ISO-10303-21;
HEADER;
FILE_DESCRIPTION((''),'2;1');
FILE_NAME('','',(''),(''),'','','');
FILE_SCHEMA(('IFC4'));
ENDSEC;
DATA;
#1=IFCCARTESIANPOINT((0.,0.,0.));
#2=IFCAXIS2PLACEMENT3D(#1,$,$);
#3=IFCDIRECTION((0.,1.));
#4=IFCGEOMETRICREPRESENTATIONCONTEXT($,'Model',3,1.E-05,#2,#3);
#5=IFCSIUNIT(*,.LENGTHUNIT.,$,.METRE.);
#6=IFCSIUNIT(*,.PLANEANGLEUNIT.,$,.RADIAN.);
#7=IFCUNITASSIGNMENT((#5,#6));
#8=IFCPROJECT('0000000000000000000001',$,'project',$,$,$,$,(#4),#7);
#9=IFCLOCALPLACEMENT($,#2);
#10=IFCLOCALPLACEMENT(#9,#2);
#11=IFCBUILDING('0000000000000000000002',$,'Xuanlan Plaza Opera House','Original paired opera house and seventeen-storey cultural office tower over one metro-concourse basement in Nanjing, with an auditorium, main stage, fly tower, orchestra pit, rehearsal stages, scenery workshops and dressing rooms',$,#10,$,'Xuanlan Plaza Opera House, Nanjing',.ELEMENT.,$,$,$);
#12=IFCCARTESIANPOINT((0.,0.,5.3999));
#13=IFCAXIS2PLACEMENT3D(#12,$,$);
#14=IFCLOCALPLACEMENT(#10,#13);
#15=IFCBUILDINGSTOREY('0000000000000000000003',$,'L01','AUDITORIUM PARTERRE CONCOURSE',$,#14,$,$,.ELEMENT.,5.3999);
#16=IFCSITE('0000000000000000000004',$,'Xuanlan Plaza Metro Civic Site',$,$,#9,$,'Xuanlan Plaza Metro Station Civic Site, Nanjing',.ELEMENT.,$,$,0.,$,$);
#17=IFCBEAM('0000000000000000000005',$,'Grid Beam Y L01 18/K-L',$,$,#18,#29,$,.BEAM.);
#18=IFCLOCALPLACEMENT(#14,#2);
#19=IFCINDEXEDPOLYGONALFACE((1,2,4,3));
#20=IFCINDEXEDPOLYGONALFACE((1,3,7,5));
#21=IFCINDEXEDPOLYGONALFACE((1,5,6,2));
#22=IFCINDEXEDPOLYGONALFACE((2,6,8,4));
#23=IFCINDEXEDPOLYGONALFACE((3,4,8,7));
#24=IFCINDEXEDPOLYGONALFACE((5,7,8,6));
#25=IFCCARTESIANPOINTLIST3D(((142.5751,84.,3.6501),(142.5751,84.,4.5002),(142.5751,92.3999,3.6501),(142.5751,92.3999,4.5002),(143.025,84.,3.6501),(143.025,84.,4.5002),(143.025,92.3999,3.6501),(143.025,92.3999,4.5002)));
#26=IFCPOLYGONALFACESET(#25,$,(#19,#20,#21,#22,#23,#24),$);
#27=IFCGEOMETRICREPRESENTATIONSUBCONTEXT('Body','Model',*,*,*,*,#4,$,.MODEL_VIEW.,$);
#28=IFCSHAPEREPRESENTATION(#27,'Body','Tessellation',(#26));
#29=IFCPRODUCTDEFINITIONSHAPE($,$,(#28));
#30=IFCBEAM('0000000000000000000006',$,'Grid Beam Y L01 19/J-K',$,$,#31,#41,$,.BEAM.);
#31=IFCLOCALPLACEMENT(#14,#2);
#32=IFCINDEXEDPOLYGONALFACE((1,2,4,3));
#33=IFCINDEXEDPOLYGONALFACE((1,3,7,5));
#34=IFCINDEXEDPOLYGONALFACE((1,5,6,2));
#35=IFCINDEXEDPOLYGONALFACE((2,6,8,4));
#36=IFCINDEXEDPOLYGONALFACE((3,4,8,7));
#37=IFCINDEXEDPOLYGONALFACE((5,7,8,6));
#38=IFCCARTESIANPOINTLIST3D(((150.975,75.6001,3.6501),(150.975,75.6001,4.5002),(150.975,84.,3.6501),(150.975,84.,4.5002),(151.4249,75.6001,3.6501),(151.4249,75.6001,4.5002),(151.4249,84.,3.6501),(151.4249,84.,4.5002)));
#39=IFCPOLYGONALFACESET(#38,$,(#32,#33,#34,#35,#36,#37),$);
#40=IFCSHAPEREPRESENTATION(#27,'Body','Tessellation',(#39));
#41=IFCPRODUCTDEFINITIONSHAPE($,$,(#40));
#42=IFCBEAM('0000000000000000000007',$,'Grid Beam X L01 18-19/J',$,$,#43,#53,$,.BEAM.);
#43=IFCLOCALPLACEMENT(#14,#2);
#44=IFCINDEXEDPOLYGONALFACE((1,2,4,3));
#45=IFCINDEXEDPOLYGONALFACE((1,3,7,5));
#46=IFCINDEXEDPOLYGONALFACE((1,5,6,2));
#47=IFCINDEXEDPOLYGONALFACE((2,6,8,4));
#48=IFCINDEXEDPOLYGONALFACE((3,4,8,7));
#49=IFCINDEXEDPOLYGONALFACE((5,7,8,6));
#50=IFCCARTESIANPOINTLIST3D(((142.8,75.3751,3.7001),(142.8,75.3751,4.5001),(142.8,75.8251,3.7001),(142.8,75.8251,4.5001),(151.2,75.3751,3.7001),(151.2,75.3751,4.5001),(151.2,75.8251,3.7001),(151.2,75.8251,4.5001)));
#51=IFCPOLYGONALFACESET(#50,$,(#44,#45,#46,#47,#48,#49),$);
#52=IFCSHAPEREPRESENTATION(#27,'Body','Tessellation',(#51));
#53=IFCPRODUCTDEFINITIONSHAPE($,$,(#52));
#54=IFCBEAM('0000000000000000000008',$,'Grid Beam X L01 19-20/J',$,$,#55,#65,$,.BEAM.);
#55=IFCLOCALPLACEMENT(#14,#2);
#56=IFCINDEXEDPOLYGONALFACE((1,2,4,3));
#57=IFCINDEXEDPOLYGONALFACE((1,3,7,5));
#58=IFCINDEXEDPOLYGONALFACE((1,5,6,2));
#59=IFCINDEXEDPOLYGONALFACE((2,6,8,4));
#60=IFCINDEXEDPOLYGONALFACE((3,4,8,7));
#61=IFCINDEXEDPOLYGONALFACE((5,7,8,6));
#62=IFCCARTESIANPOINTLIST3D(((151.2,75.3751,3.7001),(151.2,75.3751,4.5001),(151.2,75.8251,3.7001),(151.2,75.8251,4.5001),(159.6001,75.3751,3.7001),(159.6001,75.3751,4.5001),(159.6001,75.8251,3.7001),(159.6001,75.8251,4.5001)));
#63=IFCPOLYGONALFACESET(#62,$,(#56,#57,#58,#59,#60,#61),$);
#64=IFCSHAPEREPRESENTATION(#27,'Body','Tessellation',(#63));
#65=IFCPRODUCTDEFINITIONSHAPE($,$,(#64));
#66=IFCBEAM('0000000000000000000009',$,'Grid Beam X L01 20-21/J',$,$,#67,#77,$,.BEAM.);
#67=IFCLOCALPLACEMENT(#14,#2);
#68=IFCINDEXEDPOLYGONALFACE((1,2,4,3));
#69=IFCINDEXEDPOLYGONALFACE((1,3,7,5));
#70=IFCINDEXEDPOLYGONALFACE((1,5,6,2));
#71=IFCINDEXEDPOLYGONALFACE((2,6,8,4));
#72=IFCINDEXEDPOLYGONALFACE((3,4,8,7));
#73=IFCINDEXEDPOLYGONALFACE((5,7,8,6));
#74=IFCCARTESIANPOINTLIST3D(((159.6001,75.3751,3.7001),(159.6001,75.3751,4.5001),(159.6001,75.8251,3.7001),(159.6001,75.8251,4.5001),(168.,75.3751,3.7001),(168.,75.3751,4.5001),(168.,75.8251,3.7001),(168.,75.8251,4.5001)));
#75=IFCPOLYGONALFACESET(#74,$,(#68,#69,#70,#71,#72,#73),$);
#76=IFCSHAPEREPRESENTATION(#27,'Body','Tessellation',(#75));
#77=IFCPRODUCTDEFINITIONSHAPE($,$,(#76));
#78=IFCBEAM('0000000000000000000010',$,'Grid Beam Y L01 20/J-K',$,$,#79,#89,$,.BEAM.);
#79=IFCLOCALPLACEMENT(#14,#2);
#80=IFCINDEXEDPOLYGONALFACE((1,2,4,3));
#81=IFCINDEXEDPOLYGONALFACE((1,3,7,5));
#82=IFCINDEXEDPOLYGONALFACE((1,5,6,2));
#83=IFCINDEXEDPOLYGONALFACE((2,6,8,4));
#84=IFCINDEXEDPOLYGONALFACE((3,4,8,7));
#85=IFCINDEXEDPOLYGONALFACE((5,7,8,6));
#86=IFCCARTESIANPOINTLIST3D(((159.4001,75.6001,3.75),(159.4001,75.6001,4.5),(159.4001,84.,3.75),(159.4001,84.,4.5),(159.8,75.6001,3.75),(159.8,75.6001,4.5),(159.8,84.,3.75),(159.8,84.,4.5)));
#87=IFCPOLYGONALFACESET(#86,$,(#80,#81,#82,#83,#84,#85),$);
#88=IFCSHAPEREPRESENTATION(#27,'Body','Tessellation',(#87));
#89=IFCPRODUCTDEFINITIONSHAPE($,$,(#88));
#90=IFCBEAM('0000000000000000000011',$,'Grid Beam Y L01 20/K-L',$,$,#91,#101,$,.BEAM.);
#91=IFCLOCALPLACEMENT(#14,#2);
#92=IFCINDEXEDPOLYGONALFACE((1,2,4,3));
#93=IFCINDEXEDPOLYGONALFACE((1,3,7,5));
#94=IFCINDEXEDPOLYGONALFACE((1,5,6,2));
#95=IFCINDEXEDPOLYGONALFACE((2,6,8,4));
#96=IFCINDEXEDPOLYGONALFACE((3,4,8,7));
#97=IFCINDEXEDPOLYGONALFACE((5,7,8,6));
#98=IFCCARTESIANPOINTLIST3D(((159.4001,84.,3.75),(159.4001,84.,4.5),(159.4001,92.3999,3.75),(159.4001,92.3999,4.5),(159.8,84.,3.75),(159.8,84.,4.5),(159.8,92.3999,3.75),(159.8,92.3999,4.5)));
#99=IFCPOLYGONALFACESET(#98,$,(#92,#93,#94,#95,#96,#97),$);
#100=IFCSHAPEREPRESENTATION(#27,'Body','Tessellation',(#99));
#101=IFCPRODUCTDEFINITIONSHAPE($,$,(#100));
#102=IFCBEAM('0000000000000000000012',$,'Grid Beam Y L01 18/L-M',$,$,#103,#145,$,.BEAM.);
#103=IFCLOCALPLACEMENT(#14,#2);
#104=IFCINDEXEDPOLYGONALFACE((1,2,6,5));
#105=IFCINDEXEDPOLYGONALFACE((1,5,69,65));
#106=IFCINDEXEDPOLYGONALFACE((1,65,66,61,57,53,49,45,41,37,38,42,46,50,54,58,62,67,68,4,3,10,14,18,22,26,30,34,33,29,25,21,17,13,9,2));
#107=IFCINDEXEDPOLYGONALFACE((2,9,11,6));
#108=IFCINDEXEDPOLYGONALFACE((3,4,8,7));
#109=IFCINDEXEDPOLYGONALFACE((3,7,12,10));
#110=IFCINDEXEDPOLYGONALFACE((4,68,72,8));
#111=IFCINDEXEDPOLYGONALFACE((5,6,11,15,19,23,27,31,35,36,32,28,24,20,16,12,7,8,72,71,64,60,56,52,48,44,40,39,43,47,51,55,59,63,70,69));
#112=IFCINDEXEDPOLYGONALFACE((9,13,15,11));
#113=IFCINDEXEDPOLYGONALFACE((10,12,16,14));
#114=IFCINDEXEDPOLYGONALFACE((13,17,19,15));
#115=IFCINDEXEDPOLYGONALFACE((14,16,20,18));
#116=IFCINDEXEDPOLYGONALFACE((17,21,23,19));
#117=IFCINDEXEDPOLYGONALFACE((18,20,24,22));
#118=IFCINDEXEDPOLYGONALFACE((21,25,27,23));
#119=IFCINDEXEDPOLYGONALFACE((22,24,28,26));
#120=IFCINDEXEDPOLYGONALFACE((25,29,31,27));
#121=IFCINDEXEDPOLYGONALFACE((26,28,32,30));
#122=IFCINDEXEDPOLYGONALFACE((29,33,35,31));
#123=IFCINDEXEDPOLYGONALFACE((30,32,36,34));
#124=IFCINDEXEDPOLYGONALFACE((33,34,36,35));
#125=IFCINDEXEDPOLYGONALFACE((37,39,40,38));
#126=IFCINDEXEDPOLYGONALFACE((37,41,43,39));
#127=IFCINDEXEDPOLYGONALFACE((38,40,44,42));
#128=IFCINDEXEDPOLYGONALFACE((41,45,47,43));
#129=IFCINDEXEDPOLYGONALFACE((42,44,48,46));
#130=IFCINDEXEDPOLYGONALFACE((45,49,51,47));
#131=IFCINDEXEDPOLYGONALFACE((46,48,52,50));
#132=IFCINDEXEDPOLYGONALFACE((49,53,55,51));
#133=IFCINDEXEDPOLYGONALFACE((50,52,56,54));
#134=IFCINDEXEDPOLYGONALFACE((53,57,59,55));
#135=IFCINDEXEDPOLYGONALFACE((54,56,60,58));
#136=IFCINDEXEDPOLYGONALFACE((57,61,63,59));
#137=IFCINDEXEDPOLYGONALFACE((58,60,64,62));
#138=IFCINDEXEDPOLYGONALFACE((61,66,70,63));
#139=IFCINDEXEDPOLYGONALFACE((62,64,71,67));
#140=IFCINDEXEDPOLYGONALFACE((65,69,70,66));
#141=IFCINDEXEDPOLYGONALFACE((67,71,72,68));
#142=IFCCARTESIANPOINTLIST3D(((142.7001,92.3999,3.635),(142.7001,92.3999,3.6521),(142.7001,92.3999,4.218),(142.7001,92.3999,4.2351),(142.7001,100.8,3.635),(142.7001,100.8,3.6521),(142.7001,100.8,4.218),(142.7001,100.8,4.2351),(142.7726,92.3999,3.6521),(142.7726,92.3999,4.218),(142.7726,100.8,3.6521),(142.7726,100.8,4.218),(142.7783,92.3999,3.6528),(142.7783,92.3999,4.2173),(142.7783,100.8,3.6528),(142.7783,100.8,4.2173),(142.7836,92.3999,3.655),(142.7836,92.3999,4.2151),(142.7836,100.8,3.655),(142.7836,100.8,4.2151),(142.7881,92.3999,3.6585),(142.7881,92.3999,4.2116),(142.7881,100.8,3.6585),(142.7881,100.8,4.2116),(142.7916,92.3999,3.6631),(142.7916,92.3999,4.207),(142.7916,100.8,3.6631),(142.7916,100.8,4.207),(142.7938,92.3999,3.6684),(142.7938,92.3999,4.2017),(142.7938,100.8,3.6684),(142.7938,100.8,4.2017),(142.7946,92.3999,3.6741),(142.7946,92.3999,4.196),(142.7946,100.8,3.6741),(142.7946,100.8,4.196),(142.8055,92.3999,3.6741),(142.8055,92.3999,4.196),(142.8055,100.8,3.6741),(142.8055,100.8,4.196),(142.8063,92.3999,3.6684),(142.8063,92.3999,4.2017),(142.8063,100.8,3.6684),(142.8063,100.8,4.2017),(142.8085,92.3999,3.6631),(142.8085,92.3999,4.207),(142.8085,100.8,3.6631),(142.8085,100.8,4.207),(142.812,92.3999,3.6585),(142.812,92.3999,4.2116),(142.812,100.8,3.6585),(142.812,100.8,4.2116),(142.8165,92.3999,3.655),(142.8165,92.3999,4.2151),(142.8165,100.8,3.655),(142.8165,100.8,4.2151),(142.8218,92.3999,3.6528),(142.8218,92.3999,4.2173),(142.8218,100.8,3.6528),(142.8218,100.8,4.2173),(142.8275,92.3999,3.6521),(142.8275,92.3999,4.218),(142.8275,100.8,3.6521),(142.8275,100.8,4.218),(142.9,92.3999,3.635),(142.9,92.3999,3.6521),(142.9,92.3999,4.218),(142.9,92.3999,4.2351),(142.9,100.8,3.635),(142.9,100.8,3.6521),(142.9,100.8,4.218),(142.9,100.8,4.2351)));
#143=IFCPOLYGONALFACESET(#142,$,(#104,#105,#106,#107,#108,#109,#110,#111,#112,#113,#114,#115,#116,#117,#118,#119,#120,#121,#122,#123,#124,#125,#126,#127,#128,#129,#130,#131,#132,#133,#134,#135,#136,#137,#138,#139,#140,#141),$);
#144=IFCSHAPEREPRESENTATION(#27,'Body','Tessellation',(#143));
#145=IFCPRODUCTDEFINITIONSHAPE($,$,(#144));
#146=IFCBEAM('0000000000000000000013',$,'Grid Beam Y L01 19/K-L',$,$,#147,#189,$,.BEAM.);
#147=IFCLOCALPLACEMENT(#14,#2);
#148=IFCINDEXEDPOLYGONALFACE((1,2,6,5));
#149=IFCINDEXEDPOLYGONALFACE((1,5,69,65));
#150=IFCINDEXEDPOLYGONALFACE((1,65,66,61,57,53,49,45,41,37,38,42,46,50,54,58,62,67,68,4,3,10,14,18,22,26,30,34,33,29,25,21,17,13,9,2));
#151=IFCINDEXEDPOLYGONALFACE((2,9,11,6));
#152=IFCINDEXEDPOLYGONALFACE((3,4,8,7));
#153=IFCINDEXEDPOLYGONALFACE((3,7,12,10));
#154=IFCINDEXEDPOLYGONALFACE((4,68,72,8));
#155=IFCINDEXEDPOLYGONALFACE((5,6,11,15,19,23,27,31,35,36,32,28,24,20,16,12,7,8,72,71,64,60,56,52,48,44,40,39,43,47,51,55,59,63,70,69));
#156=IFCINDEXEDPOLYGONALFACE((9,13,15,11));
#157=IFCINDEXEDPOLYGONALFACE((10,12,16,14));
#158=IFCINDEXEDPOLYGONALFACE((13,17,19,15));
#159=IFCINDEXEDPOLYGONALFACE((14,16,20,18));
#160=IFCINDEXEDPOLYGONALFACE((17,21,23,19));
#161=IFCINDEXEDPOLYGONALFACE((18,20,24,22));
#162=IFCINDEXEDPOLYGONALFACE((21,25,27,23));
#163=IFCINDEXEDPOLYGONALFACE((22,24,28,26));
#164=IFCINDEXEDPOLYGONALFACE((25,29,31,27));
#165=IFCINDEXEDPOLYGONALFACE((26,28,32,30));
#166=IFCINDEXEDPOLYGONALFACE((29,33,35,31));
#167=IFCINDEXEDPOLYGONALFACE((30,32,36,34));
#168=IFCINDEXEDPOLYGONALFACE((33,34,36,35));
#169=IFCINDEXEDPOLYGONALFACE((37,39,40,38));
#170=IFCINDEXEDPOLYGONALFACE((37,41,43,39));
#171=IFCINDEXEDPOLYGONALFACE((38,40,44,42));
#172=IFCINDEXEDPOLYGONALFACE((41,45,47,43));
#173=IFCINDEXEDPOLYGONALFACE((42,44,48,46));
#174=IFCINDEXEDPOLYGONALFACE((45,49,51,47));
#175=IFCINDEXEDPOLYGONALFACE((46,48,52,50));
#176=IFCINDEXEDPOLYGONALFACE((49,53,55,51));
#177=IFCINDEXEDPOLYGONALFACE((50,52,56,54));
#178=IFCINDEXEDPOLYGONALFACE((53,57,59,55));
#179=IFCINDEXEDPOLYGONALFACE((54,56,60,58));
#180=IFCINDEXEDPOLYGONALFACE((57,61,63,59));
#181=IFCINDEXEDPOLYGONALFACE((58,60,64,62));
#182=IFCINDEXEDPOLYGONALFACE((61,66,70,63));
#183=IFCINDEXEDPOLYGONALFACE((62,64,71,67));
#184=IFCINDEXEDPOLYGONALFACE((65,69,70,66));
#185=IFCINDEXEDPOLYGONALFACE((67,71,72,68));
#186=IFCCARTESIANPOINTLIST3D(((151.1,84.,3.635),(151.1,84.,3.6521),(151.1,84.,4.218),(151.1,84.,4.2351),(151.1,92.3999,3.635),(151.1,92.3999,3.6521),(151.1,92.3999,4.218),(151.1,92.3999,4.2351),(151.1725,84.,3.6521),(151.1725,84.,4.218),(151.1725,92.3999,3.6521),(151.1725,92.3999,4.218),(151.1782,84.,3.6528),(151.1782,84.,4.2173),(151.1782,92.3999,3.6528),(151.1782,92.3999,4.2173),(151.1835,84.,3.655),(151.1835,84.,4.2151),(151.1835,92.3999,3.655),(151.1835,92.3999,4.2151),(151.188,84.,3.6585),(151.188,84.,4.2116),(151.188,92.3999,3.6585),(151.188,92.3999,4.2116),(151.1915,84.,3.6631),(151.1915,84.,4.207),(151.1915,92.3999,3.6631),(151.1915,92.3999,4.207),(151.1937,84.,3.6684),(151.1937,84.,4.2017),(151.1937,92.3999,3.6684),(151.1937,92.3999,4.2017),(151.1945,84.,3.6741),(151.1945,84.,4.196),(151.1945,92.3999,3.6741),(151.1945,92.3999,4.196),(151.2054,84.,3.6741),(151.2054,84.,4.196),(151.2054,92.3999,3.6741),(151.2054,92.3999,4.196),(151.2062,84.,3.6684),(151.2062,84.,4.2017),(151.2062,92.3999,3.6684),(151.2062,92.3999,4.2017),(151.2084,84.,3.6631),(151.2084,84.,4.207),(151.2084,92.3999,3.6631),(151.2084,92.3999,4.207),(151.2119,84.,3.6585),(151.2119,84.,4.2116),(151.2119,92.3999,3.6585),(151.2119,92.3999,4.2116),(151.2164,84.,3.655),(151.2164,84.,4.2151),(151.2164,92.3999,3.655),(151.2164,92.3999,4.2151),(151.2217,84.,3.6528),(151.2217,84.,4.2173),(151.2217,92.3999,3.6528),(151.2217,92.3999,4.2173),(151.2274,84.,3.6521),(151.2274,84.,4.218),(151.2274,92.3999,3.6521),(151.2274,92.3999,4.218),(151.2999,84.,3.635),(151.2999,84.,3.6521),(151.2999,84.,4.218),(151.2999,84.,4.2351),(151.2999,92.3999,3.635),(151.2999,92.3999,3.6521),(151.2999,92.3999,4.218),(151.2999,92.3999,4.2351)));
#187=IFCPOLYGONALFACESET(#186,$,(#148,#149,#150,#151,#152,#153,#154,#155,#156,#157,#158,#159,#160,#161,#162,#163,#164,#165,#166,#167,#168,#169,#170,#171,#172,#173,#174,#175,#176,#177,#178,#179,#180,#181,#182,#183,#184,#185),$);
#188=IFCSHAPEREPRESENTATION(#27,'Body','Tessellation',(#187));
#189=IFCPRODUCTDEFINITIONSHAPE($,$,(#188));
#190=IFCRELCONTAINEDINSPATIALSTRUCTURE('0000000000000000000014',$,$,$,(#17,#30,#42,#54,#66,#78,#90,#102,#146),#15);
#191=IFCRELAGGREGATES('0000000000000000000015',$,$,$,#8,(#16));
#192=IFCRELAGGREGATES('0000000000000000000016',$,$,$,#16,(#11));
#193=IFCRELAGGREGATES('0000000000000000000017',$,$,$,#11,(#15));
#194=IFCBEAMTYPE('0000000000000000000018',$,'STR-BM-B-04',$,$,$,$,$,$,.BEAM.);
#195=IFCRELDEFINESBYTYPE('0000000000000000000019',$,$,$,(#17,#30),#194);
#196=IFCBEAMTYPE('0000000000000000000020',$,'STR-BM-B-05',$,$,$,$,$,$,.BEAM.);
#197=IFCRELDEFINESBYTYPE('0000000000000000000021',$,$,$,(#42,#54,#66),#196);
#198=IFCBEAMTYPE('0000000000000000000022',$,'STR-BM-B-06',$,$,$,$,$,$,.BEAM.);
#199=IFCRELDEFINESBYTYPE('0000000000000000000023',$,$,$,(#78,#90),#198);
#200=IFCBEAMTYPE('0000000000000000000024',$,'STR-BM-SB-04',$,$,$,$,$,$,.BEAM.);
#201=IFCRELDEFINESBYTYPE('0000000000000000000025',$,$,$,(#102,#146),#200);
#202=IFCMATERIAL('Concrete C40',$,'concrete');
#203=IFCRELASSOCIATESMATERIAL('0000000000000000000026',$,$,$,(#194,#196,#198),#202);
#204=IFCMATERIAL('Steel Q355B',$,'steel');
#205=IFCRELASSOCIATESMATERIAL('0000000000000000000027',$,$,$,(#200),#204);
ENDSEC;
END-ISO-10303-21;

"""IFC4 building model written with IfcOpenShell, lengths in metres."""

from ifc_helpers import new_model, si_unit, direction, frame, origin, origin_2d, place, context, subcontext, project, spatial, rectangle, i_section, extrude, material, material_profile, profile_set, type_object, element, save


model = new_model("IFC4")

# Units and contexts
model_context = context("Model", 3, precision=1e-05, world=origin(), true_north=direction((0.0, 1.0)))
body_context = subcontext(model_context, "Body", "Model", "MODEL_VIEW")
ifc_project = project(units=[si_unit("LENGTHUNIT", "METRE"), si_unit("PLANEANGLEUNIT", "RADIAN")], contexts=[model_context])

# Site, building, storey
site_placement = place(None, origin())
site = spatial("IfcSite", under=ifc_project, at=site_placement, Name="Xuanlan Plaza Metro Civic Site", LongName="Xuanlan Plaza Metro Station Civic Site, Nanjing", CompositionType="ELEMENT", RefElevation=0.0)
building_placement = place(site_placement, origin())
building = spatial("IfcBuilding", under=site, at=building_placement, Name="Xuanlan Plaza Opera House", Description="Original paired opera house and seventeen-storey cultural office tower over one metro-concourse basement in Nanjing, with an auditorium, main stage, fly tower, orchestra pit, rehearsal stages, scenery workshops and dressing rooms", LongName="Xuanlan Plaza Opera House, Nanjing", CompositionType="ELEMENT")
storey_placement = place(building_placement, frame((0.0, 0.0, 5.3999)))
storey = spatial("IfcBuildingStorey", under=building, at=storey_placement, Name="L01", Description="AUDITORIUM PARTERRE CONCOURSE", CompositionType="ELEMENT", Elevation=5.3999)

# Shared definitions
ifc_material_1 = material(Name="Concrete C40", Category="concrete")

# Beams
ifc_material_profile_1 = material_profile(ifc_material_1, rectangle(XDim=0.45, YDim=0.8501, at=origin_2d()), Name="RC-BM 450x850")
ifc_profile_set_1 = profile_set([ifc_material_profile_1], Name="Concrete C40")
beam_type_1 = type_object("IfcBeamType", Name="STR-BM-B-04", PredefinedType="BEAM", material=ifc_profile_set_1)
for number, where, z_axis, x_axis, name in (
    (1, (142.8, 84.0, 4.0752), (0.0, 1.0, 0.0), (-1.0, 0.0, 0.0), "Grid Beam Y L01 18/K-L"),
    (2, (151.2, 75.6001, 4.0752), (0.0, 1.0, 0.0), (-1.0, 0.0, 0.0), "Grid Beam Y L01 19/J-K"),
):
    element("IfcBeam", number, at=place(storey_placement, frame(where, z_axis=z_axis, x_axis=x_axis)), inside=storey, type_object=beam_type_1, Name=name, PredefinedType="BEAM", context=body_context, shape_type="SweptSolid", body=[
        extrude(rectangle(XDim=0.45, YDim=0.8501, at=origin_2d()), origin(), (0.0, 0.0, 1.0), 8.3999),
    ])
ifc_material_profile_2 = material_profile(ifc_material_1, rectangle(XDim=0.45, YDim=0.8, at=origin_2d()), Name="RC-BM 450x800")
ifc_profile_set_2 = profile_set([ifc_material_profile_2], Name="Concrete C40")
beam_type_2 = type_object("IfcBeamType", Name="STR-BM-B-05", PredefinedType="BEAM", material=ifc_profile_set_2)
beam_1_placement = place(storey_placement, frame((142.8, 75.6001, 4.1001), z_axis=(1.0, 0.0, 0.0), x_axis=(0.0, 1.0, 0.0)))
element("IfcBeam", 3, at=beam_1_placement, inside=storey, type_object=beam_type_2, Name="Grid Beam X L01 18-19/J", PredefinedType="BEAM", context=body_context, shape_type="SweptSolid", body=[
    extrude(rectangle(XDim=0.45, YDim=0.8, at=origin_2d()), origin(), (0.0, 0.0, 1.0), 8.3999),
])
beam_2_placement = place(storey_placement, frame((151.2, 75.6001, 4.1001), z_axis=(1.0, 0.0, 0.0), x_axis=(0.0, 1.0, 0.0)))
element("IfcBeam", 4, at=beam_2_placement, inside=storey, type_object=beam_type_2, Name="Grid Beam X L01 19-20/J", PredefinedType="BEAM", context=body_context, shape_type="SweptSolid", body=[
    extrude(rectangle(XDim=0.45, YDim=0.8, at=origin_2d()), origin(), (0.0, 0.0, 1.0), 8.4001),
])
beam_3_placement = place(storey_placement, frame((159.6001, 75.6001, 4.1001), z_axis=(1.0, 0.0, 0.0), x_axis=(0.0, 1.0, 0.0)))
element("IfcBeam", 5, at=beam_3_placement, inside=storey, type_object=beam_type_2, Name="Grid Beam X L01 20-21/J", PredefinedType="BEAM", context=body_context, shape_type="SweptSolid", body=[
    extrude(rectangle(XDim=0.45, YDim=0.8, at=origin_2d()), origin(), (0.0, 0.0, 1.0), 8.3999),
])
ifc_material_profile_3 = material_profile(ifc_material_1, rectangle(XDim=0.3999, YDim=0.75, at=origin_2d()), Name="RC-BM 400x750")
ifc_profile_set_3 = profile_set([ifc_material_profile_3], Name="Concrete C40")
beam_type_3 = type_object("IfcBeamType", Name="STR-BM-B-06", PredefinedType="BEAM", material=ifc_profile_set_3)
for number, where, z_axis, x_axis, name in (
    (6, (159.6001, 75.6001, 4.125), (0.0, 1.0, 0.0), (-1.0, 0.0, 0.0), "Grid Beam Y L01 20/J-K"),
    (7, (159.6001, 84.0, 4.125), (0.0, 1.0, 0.0), (-1.0, 0.0, 0.0), "Grid Beam Y L01 20/K-L"),
):
    element("IfcBeam", number, at=place(storey_placement, frame(where, z_axis=z_axis, x_axis=x_axis)), inside=storey, type_object=beam_type_3, Name=name, PredefinedType="BEAM", context=body_context, shape_type="SweptSolid", body=[
        extrude(rectangle(XDim=0.3999, YDim=0.75, at=origin_2d()), origin(), (0.0, 0.0, 1.0), 8.3999),
    ])
ifc_material_2 = material(Name="Steel Q355B", Category="steel")
ifc_material_profile_4 = material_profile(ifc_material_2, i_section(OverallWidth=0.2, OverallDepth=0.6001, WebThickness=0.011, FlangeThickness=0.0171, FilletRadius=0.022, at=origin_2d()), Name="HN 600x200x11x17")
ifc_profile_set_4 = profile_set([ifc_material_profile_4], Name="Steel Q355B")
beam_type_4 = type_object("IfcBeamType", Name="STR-BM-SB-04", PredefinedType="BEAM", material=ifc_profile_set_4)
beam_4_placement = place(storey_placement, frame((142.8, 92.3999, 3.9351), z_axis=(0.0, 1.0, 0.0), x_axis=(-1.0, 0.0, 0.0)))
element("IfcBeam", 8, at=beam_4_placement, inside=storey, type_object=beam_type_4, Name="Grid Beam Y L01 18/L-M", PredefinedType="BEAM", context=body_context, shape_type="SweptSolid", body=[
    extrude(i_section(OverallWidth=0.2, OverallDepth=0.6001, WebThickness=0.011, FlangeThickness=0.0171, FilletRadius=0.022, at=origin_2d()), origin(), (0.0, 0.0, 1.0), 8.4001),
])
beam_5_placement = place(storey_placement, frame((151.2, 84.0, 3.9351), z_axis=(0.0, 1.0, 0.0), x_axis=(-1.0, 0.0, 0.0)))
element("IfcBeam", 9, at=beam_5_placement, inside=storey, type_object=beam_type_4, Name="Grid Beam Y L01 19/K-L", PredefinedType="BEAM", context=body_context, shape_type="SweptSolid", body=[
    extrude(i_section(OverallWidth=0.2, OverallDepth=0.6001, WebThickness=0.011, FlangeThickness=0.0171, FilletRadius=0.022, at=origin_2d()), origin(), (0.0, 0.0, 1.0), 8.3999),
])

save(model, "model.ifc")
